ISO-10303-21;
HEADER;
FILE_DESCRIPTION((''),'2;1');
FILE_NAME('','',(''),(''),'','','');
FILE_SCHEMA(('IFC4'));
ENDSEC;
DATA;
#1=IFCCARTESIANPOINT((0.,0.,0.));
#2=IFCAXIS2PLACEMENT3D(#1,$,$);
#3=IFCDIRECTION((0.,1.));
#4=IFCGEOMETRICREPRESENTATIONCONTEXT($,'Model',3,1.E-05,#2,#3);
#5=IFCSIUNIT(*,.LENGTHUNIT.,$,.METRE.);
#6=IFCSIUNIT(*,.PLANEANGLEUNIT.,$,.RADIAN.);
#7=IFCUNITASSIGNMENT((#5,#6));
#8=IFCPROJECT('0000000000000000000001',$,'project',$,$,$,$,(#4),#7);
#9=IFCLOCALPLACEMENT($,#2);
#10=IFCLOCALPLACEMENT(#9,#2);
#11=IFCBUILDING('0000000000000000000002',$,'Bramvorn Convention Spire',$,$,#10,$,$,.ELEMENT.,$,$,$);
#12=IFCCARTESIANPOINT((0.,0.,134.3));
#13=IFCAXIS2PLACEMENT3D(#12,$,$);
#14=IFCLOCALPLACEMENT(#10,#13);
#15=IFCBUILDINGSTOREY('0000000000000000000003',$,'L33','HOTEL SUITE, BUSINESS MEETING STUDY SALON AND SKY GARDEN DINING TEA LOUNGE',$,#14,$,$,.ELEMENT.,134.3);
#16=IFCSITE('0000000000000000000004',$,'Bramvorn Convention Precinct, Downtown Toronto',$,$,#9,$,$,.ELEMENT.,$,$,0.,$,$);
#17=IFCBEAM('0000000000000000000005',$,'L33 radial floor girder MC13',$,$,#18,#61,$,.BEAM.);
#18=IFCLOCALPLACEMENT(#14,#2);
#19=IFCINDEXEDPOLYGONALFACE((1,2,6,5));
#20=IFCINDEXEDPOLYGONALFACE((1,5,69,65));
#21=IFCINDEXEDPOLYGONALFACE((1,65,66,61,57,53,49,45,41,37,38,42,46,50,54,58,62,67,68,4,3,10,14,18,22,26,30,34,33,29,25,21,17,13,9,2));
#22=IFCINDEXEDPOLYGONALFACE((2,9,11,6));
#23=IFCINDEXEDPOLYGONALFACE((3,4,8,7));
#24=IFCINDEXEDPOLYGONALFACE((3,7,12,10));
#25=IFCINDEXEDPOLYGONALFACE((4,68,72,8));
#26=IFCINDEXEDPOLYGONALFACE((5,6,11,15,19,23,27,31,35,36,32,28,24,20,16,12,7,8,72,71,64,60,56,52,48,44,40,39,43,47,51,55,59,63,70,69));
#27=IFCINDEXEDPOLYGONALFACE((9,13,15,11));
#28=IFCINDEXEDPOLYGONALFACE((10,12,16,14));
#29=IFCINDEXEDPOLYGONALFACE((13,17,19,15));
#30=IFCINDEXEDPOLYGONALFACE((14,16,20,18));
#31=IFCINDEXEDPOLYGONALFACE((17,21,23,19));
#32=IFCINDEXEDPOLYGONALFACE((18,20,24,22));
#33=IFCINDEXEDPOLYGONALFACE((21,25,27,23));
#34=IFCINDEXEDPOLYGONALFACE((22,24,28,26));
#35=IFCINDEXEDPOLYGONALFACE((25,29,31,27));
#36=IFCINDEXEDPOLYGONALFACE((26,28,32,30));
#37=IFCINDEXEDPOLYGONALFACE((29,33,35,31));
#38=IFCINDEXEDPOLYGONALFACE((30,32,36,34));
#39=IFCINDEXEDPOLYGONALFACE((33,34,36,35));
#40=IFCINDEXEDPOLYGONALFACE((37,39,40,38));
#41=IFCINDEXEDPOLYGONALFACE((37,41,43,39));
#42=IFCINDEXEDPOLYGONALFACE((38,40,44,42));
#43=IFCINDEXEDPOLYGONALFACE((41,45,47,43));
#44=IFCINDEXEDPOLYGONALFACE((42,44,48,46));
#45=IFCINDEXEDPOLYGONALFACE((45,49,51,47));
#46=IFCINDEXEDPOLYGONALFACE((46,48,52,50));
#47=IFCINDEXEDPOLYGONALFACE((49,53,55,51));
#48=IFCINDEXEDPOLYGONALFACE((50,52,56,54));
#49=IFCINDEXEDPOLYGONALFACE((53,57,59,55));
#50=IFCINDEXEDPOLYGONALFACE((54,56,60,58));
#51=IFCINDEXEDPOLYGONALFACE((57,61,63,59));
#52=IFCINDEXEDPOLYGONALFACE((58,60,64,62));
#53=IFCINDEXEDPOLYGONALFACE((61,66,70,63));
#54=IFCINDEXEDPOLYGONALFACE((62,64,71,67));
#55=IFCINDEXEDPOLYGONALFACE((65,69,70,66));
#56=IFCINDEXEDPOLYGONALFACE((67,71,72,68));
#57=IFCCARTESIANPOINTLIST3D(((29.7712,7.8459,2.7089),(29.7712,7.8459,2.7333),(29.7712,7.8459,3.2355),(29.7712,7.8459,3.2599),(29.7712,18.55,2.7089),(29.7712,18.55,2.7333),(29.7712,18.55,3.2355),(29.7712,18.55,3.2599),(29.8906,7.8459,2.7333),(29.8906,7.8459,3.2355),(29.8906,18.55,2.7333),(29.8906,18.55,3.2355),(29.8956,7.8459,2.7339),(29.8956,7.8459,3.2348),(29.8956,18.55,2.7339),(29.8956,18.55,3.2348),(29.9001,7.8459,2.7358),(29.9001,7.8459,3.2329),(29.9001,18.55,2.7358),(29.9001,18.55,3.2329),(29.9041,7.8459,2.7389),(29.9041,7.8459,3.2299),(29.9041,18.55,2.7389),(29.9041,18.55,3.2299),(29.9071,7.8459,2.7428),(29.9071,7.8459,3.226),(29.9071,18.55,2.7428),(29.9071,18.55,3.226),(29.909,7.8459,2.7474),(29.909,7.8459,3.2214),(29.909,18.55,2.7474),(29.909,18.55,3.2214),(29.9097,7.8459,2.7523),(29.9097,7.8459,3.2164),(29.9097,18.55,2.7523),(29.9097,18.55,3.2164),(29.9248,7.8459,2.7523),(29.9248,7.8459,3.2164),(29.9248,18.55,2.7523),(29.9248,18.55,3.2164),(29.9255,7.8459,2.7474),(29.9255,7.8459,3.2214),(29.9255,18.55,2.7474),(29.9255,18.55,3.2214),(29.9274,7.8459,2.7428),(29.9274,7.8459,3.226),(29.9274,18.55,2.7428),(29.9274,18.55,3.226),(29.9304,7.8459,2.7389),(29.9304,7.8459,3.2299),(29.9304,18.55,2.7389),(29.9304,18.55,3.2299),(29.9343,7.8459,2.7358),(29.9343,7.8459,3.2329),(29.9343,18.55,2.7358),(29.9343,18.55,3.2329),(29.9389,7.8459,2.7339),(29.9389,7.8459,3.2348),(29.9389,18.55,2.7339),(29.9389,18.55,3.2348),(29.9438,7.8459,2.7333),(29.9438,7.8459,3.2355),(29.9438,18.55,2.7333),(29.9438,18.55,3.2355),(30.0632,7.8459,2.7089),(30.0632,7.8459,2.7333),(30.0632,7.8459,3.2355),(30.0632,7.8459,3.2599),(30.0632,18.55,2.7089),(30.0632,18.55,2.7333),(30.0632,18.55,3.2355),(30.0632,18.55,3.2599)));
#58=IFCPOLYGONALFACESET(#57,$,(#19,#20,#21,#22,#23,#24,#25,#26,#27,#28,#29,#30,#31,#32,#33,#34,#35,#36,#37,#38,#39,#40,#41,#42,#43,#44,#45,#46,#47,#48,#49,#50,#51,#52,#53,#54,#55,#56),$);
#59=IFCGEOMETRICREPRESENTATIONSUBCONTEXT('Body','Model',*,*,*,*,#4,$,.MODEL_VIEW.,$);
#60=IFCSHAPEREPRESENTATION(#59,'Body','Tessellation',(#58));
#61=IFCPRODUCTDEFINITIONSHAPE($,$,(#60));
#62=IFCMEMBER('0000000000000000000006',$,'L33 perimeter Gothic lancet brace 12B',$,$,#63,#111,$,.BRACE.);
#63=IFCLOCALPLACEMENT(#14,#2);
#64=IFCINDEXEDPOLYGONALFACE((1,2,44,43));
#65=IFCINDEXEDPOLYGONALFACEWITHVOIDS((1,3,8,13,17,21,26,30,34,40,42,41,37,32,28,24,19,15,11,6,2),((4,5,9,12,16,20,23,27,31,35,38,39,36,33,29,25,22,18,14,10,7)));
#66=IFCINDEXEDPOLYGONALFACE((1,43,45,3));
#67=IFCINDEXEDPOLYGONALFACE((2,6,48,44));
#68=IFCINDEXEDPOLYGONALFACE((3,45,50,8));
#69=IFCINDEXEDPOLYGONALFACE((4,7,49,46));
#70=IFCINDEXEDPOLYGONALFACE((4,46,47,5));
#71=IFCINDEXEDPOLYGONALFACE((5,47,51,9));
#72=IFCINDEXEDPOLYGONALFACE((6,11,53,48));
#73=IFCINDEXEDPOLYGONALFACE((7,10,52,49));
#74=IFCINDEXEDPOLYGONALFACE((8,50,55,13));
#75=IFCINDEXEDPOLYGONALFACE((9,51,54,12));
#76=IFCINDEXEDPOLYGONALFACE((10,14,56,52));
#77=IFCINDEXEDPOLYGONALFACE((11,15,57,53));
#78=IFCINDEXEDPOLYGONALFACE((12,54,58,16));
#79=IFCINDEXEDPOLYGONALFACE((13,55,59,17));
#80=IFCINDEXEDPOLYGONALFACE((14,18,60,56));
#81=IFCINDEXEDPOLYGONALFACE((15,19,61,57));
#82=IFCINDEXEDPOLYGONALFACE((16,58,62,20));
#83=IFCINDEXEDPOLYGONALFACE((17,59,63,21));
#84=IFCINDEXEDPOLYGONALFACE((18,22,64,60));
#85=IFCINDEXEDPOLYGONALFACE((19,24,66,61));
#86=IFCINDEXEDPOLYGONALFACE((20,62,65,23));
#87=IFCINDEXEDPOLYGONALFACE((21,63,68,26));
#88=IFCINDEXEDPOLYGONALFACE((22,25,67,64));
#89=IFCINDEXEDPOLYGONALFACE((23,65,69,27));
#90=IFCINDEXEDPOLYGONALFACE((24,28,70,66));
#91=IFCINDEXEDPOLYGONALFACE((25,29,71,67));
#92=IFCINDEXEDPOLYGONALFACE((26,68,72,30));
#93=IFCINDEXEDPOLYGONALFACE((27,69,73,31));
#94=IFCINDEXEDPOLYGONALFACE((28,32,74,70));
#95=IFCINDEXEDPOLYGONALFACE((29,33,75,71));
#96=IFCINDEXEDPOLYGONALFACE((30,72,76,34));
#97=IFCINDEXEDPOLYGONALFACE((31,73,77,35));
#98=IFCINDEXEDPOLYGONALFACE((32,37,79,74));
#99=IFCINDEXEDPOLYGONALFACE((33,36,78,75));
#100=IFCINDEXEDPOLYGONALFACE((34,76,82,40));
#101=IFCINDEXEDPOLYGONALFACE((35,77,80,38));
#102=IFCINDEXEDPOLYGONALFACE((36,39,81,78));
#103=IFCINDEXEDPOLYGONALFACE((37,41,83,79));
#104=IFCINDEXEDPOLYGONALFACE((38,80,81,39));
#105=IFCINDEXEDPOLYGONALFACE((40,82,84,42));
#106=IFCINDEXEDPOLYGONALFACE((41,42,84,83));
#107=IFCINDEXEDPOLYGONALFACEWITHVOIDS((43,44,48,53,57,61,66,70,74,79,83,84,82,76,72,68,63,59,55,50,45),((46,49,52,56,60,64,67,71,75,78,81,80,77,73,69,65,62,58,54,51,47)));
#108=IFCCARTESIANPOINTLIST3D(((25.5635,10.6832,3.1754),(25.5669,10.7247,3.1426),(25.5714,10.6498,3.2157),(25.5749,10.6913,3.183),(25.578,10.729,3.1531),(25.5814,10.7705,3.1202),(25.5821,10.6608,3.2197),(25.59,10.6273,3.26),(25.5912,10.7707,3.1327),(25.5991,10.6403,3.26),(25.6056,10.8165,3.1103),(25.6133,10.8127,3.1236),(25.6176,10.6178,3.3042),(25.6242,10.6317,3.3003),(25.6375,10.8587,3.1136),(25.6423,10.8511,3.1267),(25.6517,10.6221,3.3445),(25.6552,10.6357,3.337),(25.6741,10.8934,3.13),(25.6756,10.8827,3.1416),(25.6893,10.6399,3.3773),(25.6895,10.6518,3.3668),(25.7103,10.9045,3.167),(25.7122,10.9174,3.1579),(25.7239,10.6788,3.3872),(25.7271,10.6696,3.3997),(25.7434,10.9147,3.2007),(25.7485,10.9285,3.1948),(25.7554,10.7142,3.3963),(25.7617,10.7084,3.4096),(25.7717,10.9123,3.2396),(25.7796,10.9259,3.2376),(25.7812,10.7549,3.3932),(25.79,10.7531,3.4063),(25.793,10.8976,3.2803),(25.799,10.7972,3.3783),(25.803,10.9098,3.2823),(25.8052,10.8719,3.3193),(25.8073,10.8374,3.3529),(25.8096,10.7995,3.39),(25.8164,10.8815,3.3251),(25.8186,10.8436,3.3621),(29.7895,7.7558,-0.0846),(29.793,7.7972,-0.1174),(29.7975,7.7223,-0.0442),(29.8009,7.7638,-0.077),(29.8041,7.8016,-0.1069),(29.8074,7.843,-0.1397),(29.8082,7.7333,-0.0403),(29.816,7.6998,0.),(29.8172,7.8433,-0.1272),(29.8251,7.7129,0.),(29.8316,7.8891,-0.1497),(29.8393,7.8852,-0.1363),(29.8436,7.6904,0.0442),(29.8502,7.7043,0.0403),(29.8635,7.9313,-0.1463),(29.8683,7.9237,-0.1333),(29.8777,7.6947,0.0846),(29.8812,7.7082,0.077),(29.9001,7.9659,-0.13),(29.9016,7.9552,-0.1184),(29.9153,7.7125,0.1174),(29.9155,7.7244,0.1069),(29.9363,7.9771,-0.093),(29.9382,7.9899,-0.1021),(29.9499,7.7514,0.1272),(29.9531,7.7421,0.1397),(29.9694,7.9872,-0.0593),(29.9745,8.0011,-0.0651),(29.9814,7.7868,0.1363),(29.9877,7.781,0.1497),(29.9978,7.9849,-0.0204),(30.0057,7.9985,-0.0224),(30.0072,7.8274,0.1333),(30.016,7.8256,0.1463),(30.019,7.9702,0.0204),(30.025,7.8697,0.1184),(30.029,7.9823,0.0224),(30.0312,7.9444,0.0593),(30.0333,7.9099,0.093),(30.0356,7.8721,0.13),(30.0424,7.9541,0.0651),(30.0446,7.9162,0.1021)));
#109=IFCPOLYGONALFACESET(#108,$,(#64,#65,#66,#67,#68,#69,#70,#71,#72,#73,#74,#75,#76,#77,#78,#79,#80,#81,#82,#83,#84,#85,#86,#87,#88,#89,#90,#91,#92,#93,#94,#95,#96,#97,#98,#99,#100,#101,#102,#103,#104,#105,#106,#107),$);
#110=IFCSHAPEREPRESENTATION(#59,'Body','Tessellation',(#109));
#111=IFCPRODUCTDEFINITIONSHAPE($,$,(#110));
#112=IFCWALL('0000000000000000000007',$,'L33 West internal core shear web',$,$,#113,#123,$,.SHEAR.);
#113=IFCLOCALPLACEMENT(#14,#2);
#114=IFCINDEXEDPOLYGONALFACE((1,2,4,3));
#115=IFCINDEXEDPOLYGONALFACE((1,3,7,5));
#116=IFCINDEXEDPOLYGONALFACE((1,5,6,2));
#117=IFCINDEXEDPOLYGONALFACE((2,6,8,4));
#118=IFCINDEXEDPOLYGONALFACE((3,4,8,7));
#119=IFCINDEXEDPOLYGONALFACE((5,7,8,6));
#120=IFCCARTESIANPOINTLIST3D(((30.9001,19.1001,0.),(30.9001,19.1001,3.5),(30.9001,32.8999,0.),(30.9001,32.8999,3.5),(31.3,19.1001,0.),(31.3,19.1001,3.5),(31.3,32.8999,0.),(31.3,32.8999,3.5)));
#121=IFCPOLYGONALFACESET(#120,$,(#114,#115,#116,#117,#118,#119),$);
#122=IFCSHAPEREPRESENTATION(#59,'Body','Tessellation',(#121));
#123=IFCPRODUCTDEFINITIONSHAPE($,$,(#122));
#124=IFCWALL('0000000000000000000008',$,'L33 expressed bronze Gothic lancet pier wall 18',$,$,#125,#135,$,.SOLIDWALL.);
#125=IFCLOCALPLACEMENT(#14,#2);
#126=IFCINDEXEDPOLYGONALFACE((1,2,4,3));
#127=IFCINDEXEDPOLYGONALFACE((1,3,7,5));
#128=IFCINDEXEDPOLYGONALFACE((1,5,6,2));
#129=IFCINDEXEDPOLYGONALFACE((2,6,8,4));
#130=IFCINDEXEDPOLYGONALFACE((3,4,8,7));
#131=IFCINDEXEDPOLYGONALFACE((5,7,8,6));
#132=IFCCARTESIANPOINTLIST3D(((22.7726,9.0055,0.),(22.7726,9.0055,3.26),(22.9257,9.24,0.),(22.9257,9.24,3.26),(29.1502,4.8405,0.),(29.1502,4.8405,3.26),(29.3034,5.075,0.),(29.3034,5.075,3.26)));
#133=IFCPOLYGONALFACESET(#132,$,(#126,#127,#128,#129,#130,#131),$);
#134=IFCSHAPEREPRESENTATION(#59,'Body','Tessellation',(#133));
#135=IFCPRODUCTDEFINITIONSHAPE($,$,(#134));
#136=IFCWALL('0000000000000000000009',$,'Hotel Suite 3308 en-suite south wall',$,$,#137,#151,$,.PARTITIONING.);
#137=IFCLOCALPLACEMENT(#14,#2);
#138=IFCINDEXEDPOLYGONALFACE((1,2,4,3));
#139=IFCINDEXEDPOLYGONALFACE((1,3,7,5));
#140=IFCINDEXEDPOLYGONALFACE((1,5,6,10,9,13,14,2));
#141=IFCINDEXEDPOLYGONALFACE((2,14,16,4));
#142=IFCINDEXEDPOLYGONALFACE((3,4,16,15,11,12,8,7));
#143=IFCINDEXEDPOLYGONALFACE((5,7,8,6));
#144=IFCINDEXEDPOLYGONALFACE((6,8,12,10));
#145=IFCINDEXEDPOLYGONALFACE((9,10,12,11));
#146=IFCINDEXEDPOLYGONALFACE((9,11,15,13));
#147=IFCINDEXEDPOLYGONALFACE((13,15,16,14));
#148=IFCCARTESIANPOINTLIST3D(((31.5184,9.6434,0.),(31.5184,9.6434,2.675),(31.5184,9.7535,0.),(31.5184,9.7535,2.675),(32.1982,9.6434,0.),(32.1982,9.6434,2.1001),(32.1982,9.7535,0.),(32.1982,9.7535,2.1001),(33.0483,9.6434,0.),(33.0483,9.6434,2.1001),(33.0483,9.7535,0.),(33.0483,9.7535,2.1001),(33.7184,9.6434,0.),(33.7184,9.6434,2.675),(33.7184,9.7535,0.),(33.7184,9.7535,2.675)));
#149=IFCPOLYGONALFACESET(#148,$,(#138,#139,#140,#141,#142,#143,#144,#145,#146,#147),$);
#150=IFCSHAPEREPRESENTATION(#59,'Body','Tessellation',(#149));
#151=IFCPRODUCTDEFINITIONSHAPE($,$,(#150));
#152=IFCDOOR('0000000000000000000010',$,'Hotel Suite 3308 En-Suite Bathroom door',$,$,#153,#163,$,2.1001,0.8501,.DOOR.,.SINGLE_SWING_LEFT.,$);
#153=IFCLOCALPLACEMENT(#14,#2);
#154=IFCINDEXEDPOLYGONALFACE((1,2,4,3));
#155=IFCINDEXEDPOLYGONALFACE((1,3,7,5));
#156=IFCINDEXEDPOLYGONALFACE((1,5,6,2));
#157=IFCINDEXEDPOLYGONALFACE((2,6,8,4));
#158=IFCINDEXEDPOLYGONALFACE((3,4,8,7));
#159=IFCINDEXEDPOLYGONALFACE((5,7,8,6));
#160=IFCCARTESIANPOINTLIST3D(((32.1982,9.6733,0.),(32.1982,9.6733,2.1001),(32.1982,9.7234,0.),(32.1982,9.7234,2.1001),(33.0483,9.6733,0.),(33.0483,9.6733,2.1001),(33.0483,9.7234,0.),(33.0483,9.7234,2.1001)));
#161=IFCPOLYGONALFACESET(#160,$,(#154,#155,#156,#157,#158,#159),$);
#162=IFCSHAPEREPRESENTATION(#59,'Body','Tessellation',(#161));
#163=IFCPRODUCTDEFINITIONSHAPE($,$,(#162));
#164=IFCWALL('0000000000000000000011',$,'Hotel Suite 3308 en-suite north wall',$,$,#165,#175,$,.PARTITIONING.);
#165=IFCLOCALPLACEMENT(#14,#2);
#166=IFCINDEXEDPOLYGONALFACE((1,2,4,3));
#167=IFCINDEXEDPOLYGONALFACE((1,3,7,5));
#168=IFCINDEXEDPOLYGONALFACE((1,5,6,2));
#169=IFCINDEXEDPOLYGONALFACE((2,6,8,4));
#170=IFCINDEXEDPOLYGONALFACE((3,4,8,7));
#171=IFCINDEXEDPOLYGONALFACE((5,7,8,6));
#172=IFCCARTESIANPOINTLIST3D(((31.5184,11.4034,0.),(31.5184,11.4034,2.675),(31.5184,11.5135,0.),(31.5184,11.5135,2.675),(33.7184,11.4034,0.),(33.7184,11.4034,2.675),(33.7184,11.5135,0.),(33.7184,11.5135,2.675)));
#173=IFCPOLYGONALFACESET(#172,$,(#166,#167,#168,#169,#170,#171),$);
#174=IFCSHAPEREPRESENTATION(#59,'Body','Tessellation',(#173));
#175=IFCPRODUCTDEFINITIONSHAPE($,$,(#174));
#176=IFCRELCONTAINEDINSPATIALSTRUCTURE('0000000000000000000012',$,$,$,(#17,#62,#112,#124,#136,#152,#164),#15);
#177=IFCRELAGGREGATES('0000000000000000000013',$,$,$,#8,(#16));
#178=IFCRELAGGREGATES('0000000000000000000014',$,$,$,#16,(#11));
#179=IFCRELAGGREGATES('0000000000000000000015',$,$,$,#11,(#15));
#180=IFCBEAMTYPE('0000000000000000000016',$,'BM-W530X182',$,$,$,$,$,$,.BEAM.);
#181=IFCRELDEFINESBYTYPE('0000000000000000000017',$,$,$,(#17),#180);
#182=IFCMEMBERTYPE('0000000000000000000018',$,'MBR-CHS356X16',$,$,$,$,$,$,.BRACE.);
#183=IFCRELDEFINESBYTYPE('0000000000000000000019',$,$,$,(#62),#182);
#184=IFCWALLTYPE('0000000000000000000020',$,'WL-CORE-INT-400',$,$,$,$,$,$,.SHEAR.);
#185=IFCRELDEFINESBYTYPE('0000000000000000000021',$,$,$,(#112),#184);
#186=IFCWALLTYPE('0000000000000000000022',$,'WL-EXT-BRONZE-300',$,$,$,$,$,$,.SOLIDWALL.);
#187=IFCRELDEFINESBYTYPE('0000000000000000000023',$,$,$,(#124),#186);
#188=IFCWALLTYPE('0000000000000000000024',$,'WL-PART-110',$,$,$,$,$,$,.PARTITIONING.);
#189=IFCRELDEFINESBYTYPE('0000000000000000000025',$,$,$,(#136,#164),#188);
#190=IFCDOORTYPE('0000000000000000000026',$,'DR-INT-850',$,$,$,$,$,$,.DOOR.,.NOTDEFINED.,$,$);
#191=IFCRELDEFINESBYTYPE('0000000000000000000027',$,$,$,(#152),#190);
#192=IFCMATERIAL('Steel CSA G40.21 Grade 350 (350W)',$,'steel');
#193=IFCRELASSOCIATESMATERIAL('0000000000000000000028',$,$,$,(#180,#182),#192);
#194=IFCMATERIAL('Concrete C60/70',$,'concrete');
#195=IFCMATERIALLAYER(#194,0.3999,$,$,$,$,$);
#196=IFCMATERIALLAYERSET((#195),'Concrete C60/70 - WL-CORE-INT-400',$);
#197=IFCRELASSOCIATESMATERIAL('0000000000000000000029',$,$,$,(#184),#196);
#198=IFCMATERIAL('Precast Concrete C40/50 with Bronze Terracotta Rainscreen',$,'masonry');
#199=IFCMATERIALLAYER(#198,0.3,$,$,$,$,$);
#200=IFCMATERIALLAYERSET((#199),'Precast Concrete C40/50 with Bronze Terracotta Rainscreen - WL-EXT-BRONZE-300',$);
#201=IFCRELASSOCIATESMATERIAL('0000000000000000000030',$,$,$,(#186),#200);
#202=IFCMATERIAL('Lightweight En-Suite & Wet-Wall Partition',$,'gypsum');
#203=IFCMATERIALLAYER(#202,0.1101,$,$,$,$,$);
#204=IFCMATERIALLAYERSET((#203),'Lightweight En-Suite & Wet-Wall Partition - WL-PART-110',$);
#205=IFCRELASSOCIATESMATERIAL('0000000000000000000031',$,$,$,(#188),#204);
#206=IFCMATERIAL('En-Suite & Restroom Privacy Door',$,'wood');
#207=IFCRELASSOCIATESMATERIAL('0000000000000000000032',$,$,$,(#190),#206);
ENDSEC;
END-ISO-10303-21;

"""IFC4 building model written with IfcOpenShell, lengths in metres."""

from ifc_helpers import new_model, si_unit, direction, frame, frame_2d, origin, origin_2d, place, context, subcontext, project, spatial, rectangle, hollow_circle, i_section, extrude, material, layer, layer_set, material_profile, profile_set, type_object, element, fill, save


model = new_model("IFC4")

# Units and contexts
model_context = context("Model", 3, precision=1e-05, world=origin(), true_north=direction((0.0, 1.0)))
body_context = subcontext(model_context, "Body", "Model", "MODEL_VIEW")
ifc_project = project(units=[si_unit("LENGTHUNIT", "METRE"), si_unit("PLANEANGLEUNIT", "RADIAN")], contexts=[model_context])

# Site, building, storey
site_placement = place(None, origin())
site = spatial("IfcSite", under=ifc_project, at=site_placement, Name="Bramvorn Convention Precinct, Downtown Toronto", CompositionType="ELEMENT", RefElevation=0.0)
building_placement = place(site_placement, origin())
building = spatial("IfcBuilding", under=site, at=building_placement, Name="Bramvorn Convention Spire", CompositionType="ELEMENT")
storey_placement = place(building_placement, frame((0.0, 0.0, 134.3)))
storey = spatial("IfcBuildingStorey", under=building, at=storey_placement, Name="L33", Description="HOTEL SUITE, BUSINESS MEETING STUDY SALON AND SKY GARDEN DINING TEA LOUNGE", CompositionType="ELEMENT", Elevation=134.3)

# Shared definitions
ifc_material_1 = material(Name="Steel CSA G40.21 Grade 350 (350W)", Category="steel")

# Beam
ifc_material_profile_1 = material_profile(ifc_material_1, i_section(OverallWidth=0.292, OverallDepth=0.551, WebThickness=0.0151, FlangeThickness=0.0244, FilletRadius=0.019, at=origin_2d()))
ifc_profile_set_1 = profile_set([ifc_material_profile_1], Name="Steel CSA G40.21 Grade 350 (350W) - W530X182")
beam_type_1 = type_object("IfcBeamType", Name="BM-W530X182", PredefinedType="BEAM", material=ifc_profile_set_1)
beam_1_placement = place(storey_placement, frame((29.9172, 18.55, 2.9844), z_axis=(0.0, -1.0, 0.0), x_axis=(1.0, 0.0, 0.0)))
element("IfcBeam", 1, at=beam_1_placement, inside=storey, type_object=beam_type_1, Name="L33 radial floor girder MC13", PredefinedType="BEAM", context=body_context, shape_type="SweptSolid", body=[
    extrude(i_section(OverallWidth=0.292, OverallDepth=0.551, WebThickness=0.0151, FlangeThickness=0.0244, FilletRadius=0.019, at=origin_2d()), origin(), (0.0, 0.0, 1.0), 10.7041),
])

# Member
ifc_material_profile_2 = material_profile(ifc_material_1, hollow_circle(Radius=0.1777, WallThickness=0.0159, at=origin_2d()))
ifc_profile_set_2 = profile_set([ifc_material_profile_2], Name="Steel CSA G40.21 Grade 350 (350W) - CHS356X16")
member_type = type_object("IfcMemberType", Name="MBR-CHS356X16", PredefinedType="BRACE", material=ifc_profile_set_2)
member_placement = place(storey_placement, frame((29.9172, 7.8459, 0.0), z_axis=(-0.694222, 0.480902, 0.535526), x_axis=(-0.56944, -0.822033, 0.0)))
element("IfcMember", 2, at=member_placement, inside=storey, type_object=member_type, Name="L33 perimeter Gothic lancet brace 12B", PredefinedType="BRACE", context=body_context, shape_type="SweptSolid", body=[
    extrude(hollow_circle(Radius=0.1777, WallThickness=0.0159, at=origin_2d()), origin(), (0.0, 0.0, 1.0), 6.0874),
])

# Walls
ifc_material_2 = material(Name="Concrete C60/70", Category="concrete")
ifc_layer_1 = layer(ifc_material_2, 0.3999)
ifc_layer_set_1 = layer_set([ifc_layer_1], Name="Concrete C60/70 - WL-CORE-INT-400")
wall_type_1 = type_object("IfcWallType", Name="WL-CORE-INT-400", PredefinedType="SHEAR", material=ifc_layer_set_1)
wall_1_placement = place(storey_placement, frame((31.1001, 19.1001, 0.0), z_axis=(0.0, 0.0, 1.0), x_axis=(0.0, 1.0, 0.0)))
element("IfcWall", 3, at=wall_1_placement, inside=storey, type_object=wall_type_1, Name="L33 West internal core shear web", PredefinedType="SHEAR", context=body_context, shape_type="SweptSolid", body=[
    extrude(rectangle(XDim=13.7998, YDim=0.3999, at=frame_2d((6.8999, 0.0))), origin(), (0.0, 0.0, 1.0), 3.5),
])
ifc_material_3 = material(Name="Precast Concrete C40/50 with Bronze Terracotta Rainscreen", Category="masonry")
ifc_layer_2 = layer(ifc_material_3, 0.3)
ifc_layer_set_2 = layer_set([ifc_layer_2], Name="Precast Concrete C40/50 with Bronze Terracotta Rainscreen - WL-EXT-BRONZE-300")
wall_type_2 = type_object("IfcWallType", Name="WL-EXT-BRONZE-300", PredefinedType="SOLIDWALL", material=ifc_layer_set_2)
wall_2_placement = place(storey_placement, frame((29.2268, 4.9578, 0.0), z_axis=(0.0, 0.0, 1.0), x_axis=(-0.837269, 0.546791, 0.0)))
element("IfcWall", 4, at=wall_2_placement, inside=storey, type_object=wall_type_2, Name="L33 expressed bronze Gothic lancet pier wall 18", PredefinedType="SOLIDWALL", context=body_context, shape_type="SweptSolid", body=[
    extrude(rectangle(XDim=7.6172, YDim=0.28, at=frame_2d((3.8086, 0.0))), origin(), (0.0, 0.0, 1.0), 3.26),
])

# Wall, opening, door
ifc_material_4 = material(Name="Lightweight En-Suite & Wet-Wall Partition", Category="gypsum")
ifc_layer_3 = layer(ifc_material_4, 0.1101)
ifc_layer_set_3 = layer_set([ifc_layer_3], Name="Lightweight En-Suite & Wet-Wall Partition - WL-PART-110")
wall_type_3 = type_object("IfcWallType", Name="WL-PART-110", PredefinedType="PARTITIONING", material=ifc_layer_set_3)
wall_3_placement = place(storey_placement, frame((31.5183, 9.6985, 0.0), z_axis=(0.0, 0.0, 1.0), x_axis=(1.0, 0.0, 0.0)))
wall_3 = element("IfcWall", 5, at=wall_3_placement, inside=storey, type_object=wall_type_3, Name="Hotel Suite 3308 en-suite south wall", PredefinedType="PARTITIONING", context=body_context, shape_type="SweptSolid", body=[
    extrude(rectangle(XDim=2.2, YDim=0.1101, at=frame_2d((1.1001, 0.0))), origin(), (0.0, 0.0, 1.0), 2.675),
])
opening_placement = place(wall_3_placement, frame((0.6799, 0.0, 0.0)))
opening = element("IfcOpeningElement", 6, at=opening_placement, cuts=wall_3, PredefinedType="OPENING", context=body_context, shape_type="SweptSolid", body=[
    extrude(rectangle(XDim=0.8501, YDim=2.1001, at=frame_2d((0.425, 1.05))), frame((0.0, 0.0649, 0.0), z_axis=(0.0, -1.0, 0.0), x_axis=(1.0, 0.0, 0.0)), (0.0, 0.0, 1.0), 0.1301),
])
ifc_material_5 = material(Name="En-Suite & Restroom Privacy Door", Category="wood")
door_type = type_object("IfcDoorType", Name="DR-INT-850", OperationType="NOTDEFINED", PredefinedType="DOOR", material=ifc_material_5)
door_placement = place(opening_placement, origin())
door = element("IfcDoor", 7, at=door_placement, inside=storey, type_object=door_type, Name="Hotel Suite 3308 En-Suite Bathroom door", OperationType="SINGLE_SWING_LEFT", OverallHeight=2.1001, OverallWidth=0.8501, PredefinedType="DOOR", context=body_context, shape_type="SweptSolid", body=[
    extrude(rectangle(XDim=0.8501, YDim=2.1001, at=frame_2d((0.425, 1.05))), frame((0.0, 0.0249, 0.0), z_axis=(0.0, -1.0, 0.0), x_axis=(1.0, 0.0, 0.0)), (0.0, 0.0, 1.0), 0.05),
])
fill(opening, door)

# Wall
wall_4_placement = place(storey_placement, frame((31.5183, 11.4585, 0.0), z_axis=(0.0, 0.0, 1.0), x_axis=(1.0, 0.0, 0.0)))
element("IfcWall", 8, at=wall_4_placement, inside=storey, type_object=wall_type_3, Name="Hotel Suite 3308 en-suite north wall", PredefinedType="PARTITIONING", context=body_context, shape_type="SweptSolid", body=[
    extrude(rectangle(XDim=2.2, YDim=0.1101, at=frame_2d((1.1001, 0.0))), origin(), (0.0, 0.0, 1.0), 2.675),
])

save(model, "model.ifc")
